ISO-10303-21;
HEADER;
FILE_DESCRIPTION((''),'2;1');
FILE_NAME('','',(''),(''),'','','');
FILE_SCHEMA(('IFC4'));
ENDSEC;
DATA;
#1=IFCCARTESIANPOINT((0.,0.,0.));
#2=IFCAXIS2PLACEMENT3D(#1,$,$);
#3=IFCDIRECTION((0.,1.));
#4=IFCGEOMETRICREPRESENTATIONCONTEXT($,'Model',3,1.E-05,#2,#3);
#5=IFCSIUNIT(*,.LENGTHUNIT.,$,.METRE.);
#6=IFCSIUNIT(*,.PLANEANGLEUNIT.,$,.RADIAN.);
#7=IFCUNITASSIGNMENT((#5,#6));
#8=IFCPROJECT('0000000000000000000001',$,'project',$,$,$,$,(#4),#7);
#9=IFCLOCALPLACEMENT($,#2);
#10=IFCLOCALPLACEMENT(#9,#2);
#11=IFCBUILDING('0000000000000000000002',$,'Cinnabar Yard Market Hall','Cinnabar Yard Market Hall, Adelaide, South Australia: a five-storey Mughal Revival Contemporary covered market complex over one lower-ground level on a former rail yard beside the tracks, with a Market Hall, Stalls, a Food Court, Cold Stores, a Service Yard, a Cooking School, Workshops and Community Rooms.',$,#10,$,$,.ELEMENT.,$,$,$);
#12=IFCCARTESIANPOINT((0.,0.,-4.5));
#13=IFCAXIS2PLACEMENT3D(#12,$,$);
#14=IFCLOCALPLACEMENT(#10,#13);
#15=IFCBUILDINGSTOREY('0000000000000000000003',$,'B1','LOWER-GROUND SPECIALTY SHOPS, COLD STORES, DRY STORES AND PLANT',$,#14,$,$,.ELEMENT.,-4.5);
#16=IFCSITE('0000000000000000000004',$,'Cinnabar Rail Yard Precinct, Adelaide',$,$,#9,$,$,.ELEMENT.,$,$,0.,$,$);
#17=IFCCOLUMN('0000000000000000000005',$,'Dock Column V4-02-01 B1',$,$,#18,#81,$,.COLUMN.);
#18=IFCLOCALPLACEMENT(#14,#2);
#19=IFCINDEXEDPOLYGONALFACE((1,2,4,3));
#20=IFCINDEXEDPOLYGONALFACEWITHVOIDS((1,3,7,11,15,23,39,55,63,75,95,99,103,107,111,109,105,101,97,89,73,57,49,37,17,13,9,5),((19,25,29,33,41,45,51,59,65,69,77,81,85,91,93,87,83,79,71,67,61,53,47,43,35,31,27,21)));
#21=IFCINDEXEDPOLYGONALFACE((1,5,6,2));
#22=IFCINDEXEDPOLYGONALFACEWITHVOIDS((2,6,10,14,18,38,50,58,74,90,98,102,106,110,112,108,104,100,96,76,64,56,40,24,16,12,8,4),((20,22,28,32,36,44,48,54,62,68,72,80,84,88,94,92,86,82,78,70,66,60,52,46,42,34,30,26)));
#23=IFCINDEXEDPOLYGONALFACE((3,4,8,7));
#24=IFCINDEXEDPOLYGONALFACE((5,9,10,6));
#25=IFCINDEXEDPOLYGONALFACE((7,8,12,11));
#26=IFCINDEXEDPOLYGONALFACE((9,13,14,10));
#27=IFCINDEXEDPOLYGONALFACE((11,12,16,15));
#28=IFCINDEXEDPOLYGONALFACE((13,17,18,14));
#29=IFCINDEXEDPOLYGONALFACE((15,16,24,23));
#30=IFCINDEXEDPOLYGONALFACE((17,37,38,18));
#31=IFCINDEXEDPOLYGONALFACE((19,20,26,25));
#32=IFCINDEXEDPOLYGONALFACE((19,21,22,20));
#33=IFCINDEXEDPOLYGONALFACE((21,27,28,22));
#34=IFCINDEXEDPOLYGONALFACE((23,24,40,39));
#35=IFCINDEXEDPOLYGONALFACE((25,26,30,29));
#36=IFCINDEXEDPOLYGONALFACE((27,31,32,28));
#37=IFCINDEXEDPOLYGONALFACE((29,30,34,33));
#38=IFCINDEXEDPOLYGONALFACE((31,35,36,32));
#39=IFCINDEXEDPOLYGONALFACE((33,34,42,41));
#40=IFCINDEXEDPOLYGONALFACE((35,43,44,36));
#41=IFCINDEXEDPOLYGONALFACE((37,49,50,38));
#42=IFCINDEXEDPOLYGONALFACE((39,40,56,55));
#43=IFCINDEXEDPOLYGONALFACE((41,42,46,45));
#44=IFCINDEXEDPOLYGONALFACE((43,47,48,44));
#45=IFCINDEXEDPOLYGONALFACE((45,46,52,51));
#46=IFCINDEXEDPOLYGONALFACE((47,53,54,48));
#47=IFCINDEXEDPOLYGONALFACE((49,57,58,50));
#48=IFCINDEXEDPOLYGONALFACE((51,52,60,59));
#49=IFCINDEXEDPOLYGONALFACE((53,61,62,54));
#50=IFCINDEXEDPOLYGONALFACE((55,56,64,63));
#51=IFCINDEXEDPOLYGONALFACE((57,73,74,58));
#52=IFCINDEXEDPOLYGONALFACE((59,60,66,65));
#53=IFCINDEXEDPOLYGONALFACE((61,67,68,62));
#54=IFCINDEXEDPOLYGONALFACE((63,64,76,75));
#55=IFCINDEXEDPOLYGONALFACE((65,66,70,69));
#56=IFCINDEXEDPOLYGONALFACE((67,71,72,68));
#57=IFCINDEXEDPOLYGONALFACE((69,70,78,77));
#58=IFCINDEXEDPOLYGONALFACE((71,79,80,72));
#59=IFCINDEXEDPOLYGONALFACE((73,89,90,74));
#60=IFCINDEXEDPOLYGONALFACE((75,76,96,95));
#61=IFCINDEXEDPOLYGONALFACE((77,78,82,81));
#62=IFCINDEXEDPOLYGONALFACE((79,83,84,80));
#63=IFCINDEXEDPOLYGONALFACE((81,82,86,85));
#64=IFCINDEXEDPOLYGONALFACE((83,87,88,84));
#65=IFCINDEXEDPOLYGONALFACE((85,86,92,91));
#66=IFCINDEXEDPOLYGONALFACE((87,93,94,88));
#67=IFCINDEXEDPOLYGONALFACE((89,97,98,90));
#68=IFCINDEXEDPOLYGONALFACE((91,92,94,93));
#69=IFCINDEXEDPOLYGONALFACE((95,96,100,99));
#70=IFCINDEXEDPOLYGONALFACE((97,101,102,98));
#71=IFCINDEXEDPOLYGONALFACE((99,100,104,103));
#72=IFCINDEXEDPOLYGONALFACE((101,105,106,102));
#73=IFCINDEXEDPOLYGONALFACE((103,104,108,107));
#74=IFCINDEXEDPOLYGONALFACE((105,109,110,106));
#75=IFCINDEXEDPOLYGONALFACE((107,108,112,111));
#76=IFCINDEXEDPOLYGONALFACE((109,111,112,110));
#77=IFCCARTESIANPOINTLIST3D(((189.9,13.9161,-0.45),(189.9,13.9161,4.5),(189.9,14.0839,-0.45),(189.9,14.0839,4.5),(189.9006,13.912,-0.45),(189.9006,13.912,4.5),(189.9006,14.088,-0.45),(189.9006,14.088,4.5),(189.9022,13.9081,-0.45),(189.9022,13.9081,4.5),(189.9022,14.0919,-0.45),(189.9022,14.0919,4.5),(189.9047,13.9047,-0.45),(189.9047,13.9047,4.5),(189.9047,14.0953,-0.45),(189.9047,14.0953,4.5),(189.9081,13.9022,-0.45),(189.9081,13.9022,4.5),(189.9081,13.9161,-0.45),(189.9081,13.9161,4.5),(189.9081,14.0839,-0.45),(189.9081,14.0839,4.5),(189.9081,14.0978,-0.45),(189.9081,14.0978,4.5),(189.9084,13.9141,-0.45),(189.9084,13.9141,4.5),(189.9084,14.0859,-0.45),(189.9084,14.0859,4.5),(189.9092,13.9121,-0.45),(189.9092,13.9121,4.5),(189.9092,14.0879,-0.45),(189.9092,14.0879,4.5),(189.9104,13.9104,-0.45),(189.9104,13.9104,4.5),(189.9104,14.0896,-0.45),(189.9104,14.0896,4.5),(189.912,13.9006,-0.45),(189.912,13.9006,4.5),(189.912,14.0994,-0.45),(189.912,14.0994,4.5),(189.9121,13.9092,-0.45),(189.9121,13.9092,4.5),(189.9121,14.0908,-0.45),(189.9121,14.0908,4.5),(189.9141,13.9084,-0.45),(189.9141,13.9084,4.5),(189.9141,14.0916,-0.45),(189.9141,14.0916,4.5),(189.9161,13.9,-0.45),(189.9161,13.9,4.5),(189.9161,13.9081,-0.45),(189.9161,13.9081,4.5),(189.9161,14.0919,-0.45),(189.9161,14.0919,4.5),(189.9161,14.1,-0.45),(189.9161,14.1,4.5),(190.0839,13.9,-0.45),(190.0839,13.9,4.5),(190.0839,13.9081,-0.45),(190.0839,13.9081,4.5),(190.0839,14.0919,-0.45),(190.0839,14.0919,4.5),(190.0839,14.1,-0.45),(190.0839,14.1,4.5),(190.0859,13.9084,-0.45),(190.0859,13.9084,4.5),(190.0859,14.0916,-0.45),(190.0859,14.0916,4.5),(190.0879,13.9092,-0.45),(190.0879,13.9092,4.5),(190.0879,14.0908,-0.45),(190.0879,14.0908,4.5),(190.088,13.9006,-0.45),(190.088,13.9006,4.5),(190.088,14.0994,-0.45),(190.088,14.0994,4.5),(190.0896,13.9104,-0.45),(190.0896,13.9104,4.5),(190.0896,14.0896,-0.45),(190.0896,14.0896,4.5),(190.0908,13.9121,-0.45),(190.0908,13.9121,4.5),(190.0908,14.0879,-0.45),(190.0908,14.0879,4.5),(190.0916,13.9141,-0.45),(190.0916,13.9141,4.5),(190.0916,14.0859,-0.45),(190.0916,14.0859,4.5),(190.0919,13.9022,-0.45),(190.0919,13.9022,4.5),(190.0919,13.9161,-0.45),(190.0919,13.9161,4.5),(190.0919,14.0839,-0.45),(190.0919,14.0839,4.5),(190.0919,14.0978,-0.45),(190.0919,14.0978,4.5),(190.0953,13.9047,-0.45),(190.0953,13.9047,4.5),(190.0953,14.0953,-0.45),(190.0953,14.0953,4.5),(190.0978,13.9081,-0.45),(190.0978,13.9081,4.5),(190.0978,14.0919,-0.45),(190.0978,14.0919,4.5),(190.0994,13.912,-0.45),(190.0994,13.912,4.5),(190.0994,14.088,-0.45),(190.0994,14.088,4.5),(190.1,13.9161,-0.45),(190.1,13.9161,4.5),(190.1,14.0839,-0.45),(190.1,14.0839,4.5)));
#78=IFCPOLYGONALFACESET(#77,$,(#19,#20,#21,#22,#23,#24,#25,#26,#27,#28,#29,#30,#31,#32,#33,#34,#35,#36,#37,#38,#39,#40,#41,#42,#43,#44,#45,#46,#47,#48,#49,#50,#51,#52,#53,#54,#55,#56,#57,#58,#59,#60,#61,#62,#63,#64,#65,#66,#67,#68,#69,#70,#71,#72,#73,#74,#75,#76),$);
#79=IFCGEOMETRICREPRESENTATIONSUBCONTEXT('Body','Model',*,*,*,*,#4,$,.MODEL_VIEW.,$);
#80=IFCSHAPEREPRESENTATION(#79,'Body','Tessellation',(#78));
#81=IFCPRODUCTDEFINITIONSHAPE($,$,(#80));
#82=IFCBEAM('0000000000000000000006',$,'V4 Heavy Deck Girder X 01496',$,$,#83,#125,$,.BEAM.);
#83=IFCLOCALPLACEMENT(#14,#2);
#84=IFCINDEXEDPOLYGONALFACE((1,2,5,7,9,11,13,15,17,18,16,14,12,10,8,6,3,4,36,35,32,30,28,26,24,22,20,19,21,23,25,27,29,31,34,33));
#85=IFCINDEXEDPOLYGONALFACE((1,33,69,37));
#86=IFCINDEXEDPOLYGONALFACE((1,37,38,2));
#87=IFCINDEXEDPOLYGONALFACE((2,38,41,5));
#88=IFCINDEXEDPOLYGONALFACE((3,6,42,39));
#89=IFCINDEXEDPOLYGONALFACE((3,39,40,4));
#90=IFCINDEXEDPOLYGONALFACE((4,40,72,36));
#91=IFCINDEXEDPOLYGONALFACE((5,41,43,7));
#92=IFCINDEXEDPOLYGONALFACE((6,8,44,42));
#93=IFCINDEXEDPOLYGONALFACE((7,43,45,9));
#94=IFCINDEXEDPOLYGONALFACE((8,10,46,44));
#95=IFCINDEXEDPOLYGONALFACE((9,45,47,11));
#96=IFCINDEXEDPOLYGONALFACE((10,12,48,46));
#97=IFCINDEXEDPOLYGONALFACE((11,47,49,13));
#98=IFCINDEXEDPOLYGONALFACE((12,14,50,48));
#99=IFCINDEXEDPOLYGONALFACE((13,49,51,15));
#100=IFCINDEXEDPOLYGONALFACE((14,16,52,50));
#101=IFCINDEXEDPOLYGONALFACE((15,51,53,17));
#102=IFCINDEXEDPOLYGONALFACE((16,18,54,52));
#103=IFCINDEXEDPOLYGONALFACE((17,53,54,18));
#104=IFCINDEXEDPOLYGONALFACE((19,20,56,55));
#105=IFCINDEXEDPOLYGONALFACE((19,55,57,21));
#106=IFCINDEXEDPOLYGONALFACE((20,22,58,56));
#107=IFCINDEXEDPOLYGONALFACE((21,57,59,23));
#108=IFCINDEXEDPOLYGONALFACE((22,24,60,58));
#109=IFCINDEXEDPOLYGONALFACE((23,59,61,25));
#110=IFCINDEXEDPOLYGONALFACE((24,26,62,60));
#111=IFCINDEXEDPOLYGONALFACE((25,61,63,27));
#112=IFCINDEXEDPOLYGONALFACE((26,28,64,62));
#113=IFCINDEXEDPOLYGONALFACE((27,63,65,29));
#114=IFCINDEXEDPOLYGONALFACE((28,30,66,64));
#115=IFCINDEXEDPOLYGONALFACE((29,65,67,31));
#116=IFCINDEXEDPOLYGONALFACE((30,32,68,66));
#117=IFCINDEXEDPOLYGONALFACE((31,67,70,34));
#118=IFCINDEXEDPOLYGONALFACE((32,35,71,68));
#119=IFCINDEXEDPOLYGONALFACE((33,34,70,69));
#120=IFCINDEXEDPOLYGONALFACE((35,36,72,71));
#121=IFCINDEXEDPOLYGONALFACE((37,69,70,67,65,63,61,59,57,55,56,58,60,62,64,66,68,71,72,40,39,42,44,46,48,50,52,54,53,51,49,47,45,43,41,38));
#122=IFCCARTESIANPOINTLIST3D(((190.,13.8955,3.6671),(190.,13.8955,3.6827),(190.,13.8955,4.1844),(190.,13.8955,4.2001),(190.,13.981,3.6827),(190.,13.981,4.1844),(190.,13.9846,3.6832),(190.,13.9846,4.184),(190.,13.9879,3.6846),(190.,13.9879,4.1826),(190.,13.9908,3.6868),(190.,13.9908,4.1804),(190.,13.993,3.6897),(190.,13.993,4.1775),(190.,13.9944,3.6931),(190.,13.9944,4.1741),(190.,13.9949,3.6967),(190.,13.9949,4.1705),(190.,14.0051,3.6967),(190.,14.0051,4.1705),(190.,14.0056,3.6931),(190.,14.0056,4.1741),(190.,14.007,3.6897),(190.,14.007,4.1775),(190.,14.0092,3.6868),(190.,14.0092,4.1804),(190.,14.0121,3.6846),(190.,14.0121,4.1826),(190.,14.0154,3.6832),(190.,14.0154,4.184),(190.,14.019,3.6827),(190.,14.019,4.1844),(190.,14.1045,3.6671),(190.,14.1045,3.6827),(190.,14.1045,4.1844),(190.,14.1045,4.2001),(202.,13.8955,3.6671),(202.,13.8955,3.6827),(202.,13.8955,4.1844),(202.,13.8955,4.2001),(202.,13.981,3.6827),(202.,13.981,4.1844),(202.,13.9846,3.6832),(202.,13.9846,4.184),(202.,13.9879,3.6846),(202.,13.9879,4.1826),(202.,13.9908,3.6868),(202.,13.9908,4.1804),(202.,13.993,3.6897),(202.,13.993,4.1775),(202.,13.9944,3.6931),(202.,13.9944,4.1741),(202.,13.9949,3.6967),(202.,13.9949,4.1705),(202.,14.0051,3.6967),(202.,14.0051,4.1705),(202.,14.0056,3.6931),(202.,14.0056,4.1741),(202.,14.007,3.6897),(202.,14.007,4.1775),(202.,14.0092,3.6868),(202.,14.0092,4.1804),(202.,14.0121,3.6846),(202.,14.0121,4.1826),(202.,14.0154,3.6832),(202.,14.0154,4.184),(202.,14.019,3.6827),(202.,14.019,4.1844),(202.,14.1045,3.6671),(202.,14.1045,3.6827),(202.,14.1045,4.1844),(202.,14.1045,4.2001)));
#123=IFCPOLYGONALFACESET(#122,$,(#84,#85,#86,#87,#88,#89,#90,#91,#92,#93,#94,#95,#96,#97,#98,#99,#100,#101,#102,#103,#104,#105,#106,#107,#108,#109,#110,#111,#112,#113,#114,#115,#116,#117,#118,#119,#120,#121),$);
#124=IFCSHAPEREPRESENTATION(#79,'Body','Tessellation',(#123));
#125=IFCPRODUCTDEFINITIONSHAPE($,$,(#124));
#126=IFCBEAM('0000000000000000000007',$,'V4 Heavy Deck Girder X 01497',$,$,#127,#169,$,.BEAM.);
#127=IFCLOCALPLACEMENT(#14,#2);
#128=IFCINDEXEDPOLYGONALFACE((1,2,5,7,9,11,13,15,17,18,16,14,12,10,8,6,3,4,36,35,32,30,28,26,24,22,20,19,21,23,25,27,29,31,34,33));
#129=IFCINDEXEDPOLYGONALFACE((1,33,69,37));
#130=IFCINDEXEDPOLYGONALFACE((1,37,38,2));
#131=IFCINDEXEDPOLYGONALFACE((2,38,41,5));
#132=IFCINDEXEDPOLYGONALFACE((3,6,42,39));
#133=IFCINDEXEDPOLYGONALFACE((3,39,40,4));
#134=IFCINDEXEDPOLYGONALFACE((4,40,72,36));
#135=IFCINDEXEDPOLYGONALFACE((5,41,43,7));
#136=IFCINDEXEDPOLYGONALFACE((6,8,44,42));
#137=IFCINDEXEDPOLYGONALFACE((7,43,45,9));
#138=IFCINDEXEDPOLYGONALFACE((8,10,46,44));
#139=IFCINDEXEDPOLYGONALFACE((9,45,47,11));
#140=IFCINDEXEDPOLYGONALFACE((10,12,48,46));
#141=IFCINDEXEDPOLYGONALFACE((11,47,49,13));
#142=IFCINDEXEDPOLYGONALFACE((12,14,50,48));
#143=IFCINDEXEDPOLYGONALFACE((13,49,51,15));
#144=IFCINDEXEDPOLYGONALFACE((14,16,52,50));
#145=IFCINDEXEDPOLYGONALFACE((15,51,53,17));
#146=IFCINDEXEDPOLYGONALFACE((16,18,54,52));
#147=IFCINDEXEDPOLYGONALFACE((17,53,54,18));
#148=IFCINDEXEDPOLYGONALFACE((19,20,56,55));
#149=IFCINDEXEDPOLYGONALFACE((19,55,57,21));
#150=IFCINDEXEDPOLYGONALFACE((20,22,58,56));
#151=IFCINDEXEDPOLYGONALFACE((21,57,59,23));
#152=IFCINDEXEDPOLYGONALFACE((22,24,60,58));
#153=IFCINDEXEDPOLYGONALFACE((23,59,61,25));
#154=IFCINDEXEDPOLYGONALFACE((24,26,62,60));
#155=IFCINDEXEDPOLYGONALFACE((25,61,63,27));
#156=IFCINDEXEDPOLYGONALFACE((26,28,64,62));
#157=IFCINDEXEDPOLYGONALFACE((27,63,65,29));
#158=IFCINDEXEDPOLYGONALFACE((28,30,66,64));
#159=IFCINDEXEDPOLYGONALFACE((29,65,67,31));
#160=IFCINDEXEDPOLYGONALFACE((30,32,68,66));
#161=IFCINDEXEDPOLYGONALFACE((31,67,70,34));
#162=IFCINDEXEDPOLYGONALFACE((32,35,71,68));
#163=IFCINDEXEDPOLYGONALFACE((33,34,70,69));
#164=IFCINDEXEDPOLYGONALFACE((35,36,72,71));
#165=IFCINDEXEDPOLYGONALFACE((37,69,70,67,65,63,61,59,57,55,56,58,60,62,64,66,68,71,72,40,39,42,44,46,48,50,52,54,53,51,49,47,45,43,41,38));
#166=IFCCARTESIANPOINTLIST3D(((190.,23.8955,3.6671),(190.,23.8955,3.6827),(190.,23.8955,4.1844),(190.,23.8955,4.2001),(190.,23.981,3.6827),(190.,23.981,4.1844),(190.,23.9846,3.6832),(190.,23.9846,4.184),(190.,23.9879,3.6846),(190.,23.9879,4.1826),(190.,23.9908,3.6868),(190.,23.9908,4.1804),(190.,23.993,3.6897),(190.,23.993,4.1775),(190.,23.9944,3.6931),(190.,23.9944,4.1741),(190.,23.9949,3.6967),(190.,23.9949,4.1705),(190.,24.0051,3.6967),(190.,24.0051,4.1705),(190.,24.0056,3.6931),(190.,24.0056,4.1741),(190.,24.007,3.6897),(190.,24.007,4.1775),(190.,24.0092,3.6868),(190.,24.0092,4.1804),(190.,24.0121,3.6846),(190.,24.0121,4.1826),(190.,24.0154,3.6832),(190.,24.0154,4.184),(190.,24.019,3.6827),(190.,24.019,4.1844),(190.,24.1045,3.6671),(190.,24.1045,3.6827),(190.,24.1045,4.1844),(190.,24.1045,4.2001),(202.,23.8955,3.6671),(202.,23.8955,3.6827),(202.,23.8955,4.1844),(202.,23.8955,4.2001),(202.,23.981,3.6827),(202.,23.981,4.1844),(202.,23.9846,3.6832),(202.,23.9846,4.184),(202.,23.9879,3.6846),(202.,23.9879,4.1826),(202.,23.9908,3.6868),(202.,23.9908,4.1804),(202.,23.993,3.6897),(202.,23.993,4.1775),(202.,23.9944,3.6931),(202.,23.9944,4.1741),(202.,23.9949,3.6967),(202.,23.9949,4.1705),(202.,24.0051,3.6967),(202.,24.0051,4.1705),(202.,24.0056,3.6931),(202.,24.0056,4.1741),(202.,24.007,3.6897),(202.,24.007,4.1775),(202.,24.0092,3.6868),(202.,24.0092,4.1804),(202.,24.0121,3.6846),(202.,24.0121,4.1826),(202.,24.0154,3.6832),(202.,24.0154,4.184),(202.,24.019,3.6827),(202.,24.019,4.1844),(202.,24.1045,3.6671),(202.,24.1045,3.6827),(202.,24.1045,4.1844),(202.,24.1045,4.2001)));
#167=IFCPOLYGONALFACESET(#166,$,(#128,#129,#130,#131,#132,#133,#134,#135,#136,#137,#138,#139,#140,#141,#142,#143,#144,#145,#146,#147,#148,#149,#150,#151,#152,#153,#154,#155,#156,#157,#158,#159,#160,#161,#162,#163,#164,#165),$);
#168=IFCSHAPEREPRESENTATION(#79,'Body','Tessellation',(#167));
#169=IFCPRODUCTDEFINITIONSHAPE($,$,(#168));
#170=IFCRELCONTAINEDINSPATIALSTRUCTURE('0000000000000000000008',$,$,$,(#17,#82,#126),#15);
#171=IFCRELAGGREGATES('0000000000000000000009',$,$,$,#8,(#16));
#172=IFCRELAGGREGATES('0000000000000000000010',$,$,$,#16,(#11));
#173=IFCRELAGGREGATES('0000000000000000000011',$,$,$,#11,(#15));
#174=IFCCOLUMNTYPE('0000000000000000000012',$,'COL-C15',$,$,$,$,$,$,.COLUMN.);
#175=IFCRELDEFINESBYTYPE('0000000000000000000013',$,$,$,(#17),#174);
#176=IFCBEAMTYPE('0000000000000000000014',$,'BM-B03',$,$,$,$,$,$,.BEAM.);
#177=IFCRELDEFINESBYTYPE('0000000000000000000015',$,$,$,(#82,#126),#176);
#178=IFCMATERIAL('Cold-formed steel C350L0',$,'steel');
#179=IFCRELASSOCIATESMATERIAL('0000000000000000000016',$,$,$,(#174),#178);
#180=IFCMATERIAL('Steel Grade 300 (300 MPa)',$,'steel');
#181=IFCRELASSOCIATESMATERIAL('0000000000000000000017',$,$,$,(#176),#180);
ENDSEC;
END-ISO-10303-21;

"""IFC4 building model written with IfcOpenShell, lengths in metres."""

from ifc_helpers import new_model, si_unit, direction, frame, origin, origin_2d_with_axis, place, context, subcontext, project, spatial, hollow_rectangle, i_section, extrude, material, material_profile, profile_set, type_object, element, save


model = new_model("IFC4")

# Units and contexts
model_context = context("Model", 3, precision=1e-05, world=origin(), true_north=direction((0.0, 1.0)))
body_context = subcontext(model_context, "Body", "Model", "MODEL_VIEW")
ifc_project = project(units=[si_unit("LENGTHUNIT", "METRE"), si_unit("PLANEANGLEUNIT", "RADIAN")], contexts=[model_context])

# Site, building, storey
site_placement = place(None, origin())
site = spatial("IfcSite", under=ifc_project, at=site_placement, Name="Cinnabar Rail Yard Precinct, Adelaide", CompositionType="ELEMENT", RefElevation=0.0)
building_placement = place(site_placement, origin())
building = spatial("IfcBuilding", under=site, at=building_placement, Name="Cinnabar Yard Market Hall", Description="Cinnabar Yard Market Hall, Adelaide, South Australia: a five-storey Mughal Revival Contemporary covered market complex over one lower-ground level on a former rail yard beside the tracks, with a Market Hall, Stalls, a Food Court, Cold Stores, a Service Yard, a Cooking School, Workshops and Community Rooms.", CompositionType="ELEMENT")
storey_placement = place(building_placement, frame((0.0, 0.0, -4.5)))
storey = spatial("IfcBuildingStorey", under=building, at=storey_placement, Name="B1", Description="LOWER-GROUND SPECIALTY SHOPS, COLD STORES, DRY STORES AND PLANT", CompositionType="ELEMENT", Elevation=-4.5)

# Column
ifc_material_1 = material(Name="Steel Grade 300 (300 MPa)", Category="steel")
ifc_material_2 = material(Name="Cold-formed steel C350L0", Category="steel")
ifc_material_profile_1 = material_profile(ifc_material_2, hollow_rectangle(XDim=0.2, YDim=0.2, WallThickness=0.0081, InnerFilletRadius=0.0081, OuterFilletRadius=0.0161, at=origin_2d_with_axis()), Name="200x200x8.0SHS")
ifc_profile_set_1 = profile_set([ifc_material_profile_1], Name="Cold-formed steel C350L0")
column_type_1 = type_object("IfcColumnType", Name="COL-C15", PredefinedType="COLUMN", material=ifc_profile_set_1)
column_1_placement = place(storey_placement, frame((190.0, 14.0, -0.45), z_axis=(0.0, 0.0, 1.0), x_axis=(1.0, 0.0, 0.0)))
element("IfcColumn", 1, at=column_1_placement, inside=storey, type_object=column_type_1, Name="Dock Column V4-02-01 B1", PredefinedType="COLUMN", context=body_context, shape_type="SweptSolid", body=[
    extrude(hollow_rectangle(XDim=0.2, YDim=0.2, WallThickness=0.0081, InnerFilletRadius=0.0081, OuterFilletRadius=0.0161, at=origin_2d_with_axis()), origin(), (0.0, 0.0, 1.0), 4.95),
])

# Beams
ifc_material_profile_2 = material_profile(ifc_material_1, i_section(OverallWidth=0.209, OverallDepth=0.533, WebThickness=0.0103, FlangeThickness=0.0156, FilletRadius=0.0139, at=origin_2d_with_axis()), Name="530UB92.4")
ifc_profile_set_2 = profile_set([ifc_material_profile_2], Name="Steel Grade 300 (300 MPa)")
beam_type_1 = type_object("IfcBeamType", Name="BM-B03", PredefinedType="BEAM", material=ifc_profile_set_2)
for number, where, z_axis, x_axis, name in (
    (2, (190.0, 14.0, 3.9336), (1.0, 0.0, 0.0), (0.0, 1.0, 0.0), "V4 Heavy Deck Girder X 01496"),
    (3, (190.0, 24.0, 3.9336), (1.0, 0.0, 0.0), (0.0, 1.0, 0.0), "V4 Heavy Deck Girder X 01497"),
):
    element("IfcBeam", number, at=place(storey_placement, frame(where, z_axis=z_axis, x_axis=x_axis)), inside=storey, type_object=beam_type_1, Name=name, PredefinedType="BEAM", context=body_context, shape_type="SweptSolid", body=[
        extrude(i_section(OverallWidth=0.209, OverallDepth=0.533, WebThickness=0.0103, FlangeThickness=0.0156, FilletRadius=0.0139, at=origin_2d_with_axis()), origin(), (0.0, 0.0, 1.0), 12.0),
    ])

save(model, "model.ifc")
